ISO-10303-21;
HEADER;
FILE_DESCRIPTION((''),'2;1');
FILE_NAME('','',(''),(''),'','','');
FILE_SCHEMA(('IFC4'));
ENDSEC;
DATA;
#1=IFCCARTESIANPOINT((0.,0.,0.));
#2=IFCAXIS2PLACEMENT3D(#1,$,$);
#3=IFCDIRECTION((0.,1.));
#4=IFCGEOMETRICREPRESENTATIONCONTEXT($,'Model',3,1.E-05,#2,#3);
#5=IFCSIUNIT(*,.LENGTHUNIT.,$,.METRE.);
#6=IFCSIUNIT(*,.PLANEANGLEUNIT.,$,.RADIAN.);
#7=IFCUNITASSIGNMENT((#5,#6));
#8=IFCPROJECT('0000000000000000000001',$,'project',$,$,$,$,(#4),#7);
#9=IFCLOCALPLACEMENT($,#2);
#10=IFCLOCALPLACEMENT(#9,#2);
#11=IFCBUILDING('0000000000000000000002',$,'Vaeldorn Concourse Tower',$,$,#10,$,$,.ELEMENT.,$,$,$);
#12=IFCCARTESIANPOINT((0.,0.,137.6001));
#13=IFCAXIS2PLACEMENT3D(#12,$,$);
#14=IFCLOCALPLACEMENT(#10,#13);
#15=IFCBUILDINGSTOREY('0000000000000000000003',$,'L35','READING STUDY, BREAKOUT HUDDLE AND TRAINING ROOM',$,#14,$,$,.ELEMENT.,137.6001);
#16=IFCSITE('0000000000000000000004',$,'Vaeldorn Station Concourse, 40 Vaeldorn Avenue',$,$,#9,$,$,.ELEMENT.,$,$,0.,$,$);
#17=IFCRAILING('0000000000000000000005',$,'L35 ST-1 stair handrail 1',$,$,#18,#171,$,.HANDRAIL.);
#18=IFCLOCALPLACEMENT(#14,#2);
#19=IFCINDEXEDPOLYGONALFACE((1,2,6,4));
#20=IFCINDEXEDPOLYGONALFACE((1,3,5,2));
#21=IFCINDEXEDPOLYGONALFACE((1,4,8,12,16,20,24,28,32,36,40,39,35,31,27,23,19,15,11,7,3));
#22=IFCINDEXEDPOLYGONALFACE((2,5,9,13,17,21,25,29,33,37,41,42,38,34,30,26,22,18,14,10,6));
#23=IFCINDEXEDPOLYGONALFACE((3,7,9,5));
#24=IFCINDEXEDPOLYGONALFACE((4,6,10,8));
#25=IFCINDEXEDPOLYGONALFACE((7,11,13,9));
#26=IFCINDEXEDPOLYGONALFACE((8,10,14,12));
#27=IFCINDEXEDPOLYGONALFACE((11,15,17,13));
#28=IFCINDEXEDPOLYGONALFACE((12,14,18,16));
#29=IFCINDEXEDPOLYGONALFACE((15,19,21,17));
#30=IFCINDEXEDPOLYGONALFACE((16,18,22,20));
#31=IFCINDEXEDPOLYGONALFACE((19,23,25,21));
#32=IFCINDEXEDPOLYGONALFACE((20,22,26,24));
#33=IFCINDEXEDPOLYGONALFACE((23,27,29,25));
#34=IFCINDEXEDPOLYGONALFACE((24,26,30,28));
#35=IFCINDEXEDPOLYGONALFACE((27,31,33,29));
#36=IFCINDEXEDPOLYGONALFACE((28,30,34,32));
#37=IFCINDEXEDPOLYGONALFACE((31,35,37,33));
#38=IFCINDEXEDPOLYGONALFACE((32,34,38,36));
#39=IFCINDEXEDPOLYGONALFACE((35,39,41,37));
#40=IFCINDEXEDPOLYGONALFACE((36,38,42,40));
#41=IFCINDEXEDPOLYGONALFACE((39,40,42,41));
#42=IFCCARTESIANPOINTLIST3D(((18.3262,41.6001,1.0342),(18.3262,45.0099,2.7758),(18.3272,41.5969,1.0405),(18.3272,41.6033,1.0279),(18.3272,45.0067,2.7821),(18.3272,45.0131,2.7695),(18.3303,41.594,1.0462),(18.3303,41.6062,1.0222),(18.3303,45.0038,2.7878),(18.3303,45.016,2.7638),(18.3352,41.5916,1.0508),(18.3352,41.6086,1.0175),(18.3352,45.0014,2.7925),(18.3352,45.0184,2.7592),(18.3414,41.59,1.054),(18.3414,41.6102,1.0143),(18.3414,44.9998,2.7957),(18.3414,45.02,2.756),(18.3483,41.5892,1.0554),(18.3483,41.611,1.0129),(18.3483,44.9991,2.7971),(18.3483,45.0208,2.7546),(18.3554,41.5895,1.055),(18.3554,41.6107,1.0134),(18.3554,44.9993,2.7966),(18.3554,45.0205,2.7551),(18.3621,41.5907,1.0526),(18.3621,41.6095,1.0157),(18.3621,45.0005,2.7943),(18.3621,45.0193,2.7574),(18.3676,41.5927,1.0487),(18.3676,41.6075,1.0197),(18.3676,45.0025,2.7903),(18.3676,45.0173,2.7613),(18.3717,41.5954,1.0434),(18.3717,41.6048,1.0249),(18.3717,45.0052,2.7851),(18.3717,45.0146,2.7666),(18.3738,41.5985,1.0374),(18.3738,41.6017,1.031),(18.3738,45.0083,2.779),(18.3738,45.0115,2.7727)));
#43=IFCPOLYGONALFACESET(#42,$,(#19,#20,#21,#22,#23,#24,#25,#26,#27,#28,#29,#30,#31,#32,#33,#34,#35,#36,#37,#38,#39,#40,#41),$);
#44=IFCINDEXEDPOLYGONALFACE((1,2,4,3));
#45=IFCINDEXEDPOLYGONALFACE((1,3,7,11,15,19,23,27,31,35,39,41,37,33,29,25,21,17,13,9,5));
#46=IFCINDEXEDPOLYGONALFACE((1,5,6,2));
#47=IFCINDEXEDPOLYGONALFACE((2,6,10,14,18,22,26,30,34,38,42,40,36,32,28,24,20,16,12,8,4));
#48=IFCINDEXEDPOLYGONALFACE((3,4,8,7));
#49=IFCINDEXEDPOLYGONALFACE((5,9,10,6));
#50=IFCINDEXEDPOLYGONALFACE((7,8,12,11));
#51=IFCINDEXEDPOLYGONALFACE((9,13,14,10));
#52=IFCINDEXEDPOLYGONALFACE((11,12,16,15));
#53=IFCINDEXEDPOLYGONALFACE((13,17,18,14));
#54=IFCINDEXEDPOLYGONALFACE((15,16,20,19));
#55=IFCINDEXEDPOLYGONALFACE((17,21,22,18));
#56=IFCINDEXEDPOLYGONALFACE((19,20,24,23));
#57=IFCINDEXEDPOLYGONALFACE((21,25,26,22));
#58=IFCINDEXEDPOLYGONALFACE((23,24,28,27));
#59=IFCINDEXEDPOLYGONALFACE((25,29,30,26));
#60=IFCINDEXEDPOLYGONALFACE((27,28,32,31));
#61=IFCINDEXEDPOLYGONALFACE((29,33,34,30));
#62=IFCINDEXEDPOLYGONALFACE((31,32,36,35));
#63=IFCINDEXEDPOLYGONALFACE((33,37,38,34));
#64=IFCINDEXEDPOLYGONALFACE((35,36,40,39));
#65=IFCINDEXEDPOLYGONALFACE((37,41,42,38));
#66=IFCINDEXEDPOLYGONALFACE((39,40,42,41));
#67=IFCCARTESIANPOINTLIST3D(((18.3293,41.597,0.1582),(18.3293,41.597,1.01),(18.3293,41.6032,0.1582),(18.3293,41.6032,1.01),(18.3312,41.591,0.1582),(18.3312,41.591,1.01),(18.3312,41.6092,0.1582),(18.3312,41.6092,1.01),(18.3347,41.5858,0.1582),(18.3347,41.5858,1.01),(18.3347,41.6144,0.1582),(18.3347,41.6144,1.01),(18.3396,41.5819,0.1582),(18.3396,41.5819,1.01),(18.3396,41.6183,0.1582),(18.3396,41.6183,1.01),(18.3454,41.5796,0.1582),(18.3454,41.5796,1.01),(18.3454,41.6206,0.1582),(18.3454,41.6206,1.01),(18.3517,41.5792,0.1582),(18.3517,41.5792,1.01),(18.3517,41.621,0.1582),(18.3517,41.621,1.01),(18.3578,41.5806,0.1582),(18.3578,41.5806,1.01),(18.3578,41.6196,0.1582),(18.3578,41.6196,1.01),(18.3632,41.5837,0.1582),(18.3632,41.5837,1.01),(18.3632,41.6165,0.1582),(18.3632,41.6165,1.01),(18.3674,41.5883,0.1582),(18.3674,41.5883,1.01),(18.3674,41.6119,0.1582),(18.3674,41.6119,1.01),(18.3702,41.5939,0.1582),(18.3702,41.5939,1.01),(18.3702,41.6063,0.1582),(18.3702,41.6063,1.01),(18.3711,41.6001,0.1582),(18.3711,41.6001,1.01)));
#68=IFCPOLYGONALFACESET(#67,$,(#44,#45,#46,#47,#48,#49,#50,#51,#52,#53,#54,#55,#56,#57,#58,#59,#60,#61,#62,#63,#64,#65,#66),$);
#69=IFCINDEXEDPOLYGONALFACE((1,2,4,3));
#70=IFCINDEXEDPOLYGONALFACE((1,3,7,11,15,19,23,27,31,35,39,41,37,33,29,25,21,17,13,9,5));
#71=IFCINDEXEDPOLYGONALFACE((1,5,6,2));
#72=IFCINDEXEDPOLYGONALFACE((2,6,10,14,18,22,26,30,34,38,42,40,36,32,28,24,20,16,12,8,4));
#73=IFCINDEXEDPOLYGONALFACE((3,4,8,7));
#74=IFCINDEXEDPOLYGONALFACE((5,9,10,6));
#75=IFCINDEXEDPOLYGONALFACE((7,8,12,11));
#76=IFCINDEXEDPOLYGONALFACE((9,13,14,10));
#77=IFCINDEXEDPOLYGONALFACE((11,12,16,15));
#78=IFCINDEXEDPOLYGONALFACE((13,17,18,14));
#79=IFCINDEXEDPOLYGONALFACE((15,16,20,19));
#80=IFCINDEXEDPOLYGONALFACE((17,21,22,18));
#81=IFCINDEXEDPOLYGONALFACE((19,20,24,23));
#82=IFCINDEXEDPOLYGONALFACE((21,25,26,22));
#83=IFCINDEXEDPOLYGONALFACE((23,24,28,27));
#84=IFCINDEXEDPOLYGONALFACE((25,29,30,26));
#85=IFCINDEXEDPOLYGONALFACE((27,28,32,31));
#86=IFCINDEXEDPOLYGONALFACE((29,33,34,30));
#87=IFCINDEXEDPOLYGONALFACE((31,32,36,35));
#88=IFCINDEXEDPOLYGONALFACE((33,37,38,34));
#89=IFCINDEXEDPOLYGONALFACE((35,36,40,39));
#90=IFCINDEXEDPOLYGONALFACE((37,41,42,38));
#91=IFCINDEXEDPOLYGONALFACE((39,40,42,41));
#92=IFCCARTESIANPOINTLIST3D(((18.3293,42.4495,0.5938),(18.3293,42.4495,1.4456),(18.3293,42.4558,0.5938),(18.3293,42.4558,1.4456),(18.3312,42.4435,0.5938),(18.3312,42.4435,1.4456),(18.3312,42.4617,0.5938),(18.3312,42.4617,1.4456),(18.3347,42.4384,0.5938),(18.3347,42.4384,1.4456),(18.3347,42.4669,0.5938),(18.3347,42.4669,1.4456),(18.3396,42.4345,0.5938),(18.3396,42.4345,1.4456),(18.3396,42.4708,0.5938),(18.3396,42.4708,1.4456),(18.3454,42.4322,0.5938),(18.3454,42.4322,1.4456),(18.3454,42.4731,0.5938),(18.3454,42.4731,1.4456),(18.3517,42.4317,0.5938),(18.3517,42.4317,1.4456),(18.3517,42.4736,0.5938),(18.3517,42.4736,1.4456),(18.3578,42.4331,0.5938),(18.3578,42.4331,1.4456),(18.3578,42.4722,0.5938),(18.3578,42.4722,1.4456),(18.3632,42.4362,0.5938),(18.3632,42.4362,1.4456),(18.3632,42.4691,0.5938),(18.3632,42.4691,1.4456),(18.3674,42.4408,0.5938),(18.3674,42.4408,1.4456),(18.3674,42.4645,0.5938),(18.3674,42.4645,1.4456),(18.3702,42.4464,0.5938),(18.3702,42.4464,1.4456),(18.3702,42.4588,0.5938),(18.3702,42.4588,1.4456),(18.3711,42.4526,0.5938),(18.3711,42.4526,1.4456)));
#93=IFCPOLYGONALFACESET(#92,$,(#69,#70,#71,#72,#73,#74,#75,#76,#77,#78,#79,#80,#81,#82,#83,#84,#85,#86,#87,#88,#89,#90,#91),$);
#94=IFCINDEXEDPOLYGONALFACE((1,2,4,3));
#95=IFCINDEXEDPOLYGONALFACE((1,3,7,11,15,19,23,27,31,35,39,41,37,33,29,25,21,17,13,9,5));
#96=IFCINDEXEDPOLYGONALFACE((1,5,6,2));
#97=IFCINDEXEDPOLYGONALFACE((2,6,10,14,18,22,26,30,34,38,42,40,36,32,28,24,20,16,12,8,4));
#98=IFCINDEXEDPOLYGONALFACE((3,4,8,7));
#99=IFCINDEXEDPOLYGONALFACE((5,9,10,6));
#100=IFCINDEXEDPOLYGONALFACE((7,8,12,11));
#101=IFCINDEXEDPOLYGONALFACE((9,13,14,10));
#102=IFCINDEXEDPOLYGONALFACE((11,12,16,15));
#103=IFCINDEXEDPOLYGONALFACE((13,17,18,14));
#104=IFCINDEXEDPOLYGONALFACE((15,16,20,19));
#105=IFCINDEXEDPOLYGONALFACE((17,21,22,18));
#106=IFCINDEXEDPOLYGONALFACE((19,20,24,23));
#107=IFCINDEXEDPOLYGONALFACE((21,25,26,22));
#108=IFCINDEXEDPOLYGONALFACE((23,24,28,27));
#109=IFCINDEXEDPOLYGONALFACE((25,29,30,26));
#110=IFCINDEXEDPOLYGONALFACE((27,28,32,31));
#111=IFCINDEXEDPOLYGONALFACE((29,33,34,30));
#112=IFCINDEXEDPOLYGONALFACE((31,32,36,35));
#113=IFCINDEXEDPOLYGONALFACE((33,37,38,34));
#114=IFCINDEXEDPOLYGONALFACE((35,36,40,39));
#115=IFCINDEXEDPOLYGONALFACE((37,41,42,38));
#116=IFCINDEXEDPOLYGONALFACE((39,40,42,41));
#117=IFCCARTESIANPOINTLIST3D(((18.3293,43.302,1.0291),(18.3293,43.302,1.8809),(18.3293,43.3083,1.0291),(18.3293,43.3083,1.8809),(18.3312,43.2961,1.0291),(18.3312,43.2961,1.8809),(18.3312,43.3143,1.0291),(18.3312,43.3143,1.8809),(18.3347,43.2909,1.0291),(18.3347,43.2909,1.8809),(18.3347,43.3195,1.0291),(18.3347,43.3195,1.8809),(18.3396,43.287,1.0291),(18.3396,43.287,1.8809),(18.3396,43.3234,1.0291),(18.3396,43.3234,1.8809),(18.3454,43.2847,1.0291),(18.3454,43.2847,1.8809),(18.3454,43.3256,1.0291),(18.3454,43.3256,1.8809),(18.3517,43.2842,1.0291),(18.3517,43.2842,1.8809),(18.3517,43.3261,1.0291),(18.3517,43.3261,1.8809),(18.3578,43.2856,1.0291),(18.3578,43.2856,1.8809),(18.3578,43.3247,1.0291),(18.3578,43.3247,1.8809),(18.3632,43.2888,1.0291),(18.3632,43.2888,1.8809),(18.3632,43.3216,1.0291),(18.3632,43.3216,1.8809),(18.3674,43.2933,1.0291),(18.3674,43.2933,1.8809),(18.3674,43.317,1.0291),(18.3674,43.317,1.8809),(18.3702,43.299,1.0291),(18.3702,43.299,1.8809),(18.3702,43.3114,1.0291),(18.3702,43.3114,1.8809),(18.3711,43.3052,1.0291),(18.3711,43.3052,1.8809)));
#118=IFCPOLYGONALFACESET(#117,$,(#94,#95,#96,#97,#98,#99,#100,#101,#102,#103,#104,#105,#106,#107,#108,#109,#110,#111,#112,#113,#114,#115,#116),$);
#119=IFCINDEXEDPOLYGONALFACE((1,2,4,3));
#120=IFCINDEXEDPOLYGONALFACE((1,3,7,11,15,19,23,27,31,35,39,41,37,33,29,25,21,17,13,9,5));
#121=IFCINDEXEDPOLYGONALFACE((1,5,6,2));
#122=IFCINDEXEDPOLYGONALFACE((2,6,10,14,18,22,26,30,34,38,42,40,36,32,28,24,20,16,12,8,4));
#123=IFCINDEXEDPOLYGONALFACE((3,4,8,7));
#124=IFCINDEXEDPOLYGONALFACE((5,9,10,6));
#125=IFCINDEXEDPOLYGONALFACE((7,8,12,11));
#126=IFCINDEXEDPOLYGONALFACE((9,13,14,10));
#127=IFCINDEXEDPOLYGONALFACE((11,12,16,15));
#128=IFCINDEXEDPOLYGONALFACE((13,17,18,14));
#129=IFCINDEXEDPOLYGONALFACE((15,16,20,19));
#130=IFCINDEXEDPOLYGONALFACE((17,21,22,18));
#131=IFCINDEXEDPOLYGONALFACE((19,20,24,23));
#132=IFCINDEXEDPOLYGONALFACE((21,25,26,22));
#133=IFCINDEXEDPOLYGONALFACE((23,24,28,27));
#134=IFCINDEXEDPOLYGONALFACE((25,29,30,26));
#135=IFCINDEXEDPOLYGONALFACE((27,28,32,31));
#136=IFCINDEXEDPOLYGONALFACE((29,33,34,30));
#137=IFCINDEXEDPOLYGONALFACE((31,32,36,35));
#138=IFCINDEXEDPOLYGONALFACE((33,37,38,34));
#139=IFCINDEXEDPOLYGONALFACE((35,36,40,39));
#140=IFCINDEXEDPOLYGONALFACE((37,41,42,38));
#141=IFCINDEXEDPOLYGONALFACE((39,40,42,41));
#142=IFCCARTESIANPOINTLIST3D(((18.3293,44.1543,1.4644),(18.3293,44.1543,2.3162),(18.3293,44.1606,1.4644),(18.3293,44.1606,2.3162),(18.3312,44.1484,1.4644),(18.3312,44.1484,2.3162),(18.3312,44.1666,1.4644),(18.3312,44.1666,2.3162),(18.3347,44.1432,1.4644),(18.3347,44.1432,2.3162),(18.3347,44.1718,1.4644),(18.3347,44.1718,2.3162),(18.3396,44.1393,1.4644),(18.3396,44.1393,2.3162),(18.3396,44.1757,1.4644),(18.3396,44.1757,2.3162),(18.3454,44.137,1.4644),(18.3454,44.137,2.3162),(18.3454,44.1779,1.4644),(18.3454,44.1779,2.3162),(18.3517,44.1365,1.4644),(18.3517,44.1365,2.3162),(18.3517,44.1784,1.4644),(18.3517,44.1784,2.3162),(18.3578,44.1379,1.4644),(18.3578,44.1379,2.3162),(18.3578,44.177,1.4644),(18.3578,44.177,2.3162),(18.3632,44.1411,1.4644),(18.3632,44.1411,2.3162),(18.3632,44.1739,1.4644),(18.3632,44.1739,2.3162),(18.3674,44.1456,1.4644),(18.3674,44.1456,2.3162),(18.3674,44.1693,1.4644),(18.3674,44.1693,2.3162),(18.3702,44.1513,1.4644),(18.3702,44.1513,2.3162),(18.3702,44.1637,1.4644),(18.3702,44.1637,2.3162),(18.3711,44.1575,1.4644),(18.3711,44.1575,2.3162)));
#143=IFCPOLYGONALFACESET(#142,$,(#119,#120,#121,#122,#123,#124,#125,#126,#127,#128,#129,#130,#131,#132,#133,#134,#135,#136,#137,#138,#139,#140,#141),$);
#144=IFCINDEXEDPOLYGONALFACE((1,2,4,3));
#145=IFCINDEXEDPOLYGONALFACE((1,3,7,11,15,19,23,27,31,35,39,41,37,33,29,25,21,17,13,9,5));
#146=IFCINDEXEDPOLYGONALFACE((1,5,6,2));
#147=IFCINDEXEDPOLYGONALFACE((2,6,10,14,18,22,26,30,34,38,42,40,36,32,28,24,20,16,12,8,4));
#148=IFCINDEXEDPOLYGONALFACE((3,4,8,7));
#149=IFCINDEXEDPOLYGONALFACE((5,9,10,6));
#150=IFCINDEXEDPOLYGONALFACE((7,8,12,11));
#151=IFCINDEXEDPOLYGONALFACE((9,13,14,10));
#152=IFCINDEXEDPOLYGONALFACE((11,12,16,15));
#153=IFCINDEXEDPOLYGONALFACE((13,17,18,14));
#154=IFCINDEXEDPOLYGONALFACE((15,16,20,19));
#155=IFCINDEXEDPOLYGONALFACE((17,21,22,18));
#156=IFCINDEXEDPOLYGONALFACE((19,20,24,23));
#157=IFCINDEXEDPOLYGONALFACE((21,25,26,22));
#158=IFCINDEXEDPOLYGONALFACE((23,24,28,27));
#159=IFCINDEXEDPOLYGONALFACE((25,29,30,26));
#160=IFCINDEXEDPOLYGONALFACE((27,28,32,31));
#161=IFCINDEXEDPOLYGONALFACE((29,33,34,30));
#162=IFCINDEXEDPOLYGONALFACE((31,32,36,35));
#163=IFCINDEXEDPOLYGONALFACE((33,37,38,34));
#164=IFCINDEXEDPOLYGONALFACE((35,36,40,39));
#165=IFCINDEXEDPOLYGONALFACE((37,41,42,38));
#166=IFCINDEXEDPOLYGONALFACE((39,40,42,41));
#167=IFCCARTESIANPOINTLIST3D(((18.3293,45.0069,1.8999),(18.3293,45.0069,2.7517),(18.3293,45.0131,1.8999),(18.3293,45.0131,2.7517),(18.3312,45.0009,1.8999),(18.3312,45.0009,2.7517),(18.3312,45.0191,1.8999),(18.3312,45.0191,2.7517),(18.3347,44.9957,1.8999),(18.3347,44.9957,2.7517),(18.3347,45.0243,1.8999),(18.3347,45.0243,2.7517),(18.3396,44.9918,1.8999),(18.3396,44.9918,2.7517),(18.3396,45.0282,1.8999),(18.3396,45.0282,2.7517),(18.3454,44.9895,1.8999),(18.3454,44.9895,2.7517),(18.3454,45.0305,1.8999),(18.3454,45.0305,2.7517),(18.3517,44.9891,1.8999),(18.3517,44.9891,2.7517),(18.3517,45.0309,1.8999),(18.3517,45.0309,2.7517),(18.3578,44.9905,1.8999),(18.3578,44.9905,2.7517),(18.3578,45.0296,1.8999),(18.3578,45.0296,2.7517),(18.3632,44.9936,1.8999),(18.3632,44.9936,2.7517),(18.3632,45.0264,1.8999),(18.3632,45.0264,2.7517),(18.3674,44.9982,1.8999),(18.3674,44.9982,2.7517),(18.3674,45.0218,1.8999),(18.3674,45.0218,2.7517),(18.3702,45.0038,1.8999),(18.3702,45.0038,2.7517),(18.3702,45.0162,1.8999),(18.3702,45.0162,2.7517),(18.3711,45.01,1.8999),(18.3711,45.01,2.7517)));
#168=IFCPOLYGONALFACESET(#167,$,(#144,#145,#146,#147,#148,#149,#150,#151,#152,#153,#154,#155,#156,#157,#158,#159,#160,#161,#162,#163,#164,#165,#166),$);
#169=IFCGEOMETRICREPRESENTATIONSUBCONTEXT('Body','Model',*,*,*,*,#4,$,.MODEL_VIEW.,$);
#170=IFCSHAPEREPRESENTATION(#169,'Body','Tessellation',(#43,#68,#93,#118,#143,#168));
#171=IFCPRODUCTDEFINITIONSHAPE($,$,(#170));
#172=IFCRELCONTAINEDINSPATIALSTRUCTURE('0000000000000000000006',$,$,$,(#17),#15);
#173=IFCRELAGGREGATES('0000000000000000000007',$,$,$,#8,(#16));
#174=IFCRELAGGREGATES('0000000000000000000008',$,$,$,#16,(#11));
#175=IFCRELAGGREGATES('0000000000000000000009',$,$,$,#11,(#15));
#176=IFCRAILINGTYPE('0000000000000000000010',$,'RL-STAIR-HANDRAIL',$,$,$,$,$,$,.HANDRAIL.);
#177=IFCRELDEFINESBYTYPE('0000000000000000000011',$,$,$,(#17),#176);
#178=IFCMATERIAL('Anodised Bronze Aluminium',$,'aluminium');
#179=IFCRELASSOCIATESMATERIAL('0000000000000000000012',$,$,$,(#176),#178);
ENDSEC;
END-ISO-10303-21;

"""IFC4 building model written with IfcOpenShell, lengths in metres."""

from ifc_helpers import new_model, si_unit, direction, frame, origin, origin_2d, place, context, subcontext, project, spatial, circle, extrude, material, type_object, element, save


model = new_model("IFC4")

# Units and contexts
model_context = context("Model", 3, precision=1e-05, world=origin(), true_north=direction((0.0, 1.0)))
body_context = subcontext(model_context, "Body", "Model", "MODEL_VIEW")
ifc_project = project(units=[si_unit("LENGTHUNIT", "METRE"), si_unit("PLANEANGLEUNIT", "RADIAN")], contexts=[model_context])

# Site, building, storey
site_placement = place(None, origin())
site = spatial("IfcSite", under=ifc_project, at=site_placement, Name="Vaeldorn Station Concourse, 40 Vaeldorn Avenue", CompositionType="ELEMENT", RefElevation=0.0)
building_placement = place(site_placement, origin())
building = spatial("IfcBuilding", under=site, at=building_placement, Name="Vaeldorn Concourse Tower", CompositionType="ELEMENT")
storey_placement = place(building_placement, frame((0.0, 0.0, 137.6001)))
storey = spatial("IfcBuildingStorey", under=building, at=storey_placement, Name="L35", Description="READING STUDY, BREAKOUT HUDDLE AND TRAINING ROOM", CompositionType="ELEMENT", Elevation=137.6001)

# Shared definitions
ifc_material_1 = material(Name="Anodised Bronze Aluminium", Category="aluminium")

# Railing
railing_type_1 = type_object("IfcRailingType", Name="RL-STAIR-HANDRAIL", PredefinedType="HANDRAIL", material=ifc_material_1)
railing_1_placement = place(storey_placement, frame((18.3501, 41.6001, 0.1582)))
element("IfcRailing", 1, at=railing_1_placement, inside=storey, type_object=railing_type_1, Name="L35 ST-1 stair handrail 1", PredefinedType="HANDRAIL", context=body_context, shape_type="SweptSolid", body=[
    extrude(circle(Radius=0.0239, at=origin_2d()), frame((0.0, 0.0, 0.876), z_axis=(0.0, 0.890556, 0.454874), x_axis=(-1.0, 0.0, 0.0)), (0.0, 0.0, 1.0), 3.8289),
    extrude(circle(Radius=0.021, at=origin_2d()), origin(), (0.0, 0.0, 1.0), 0.8518),
    extrude(circle(Radius=0.021, at=origin_2d()), frame((0.0, 0.8525, 0.4355)), (0.0, 0.0, 1.0), 0.8518),
    extrude(circle(Radius=0.021, at=origin_2d()), frame((0.0, 1.7051, 0.8708)), (0.0, 0.0, 1.0), 0.8518),
    extrude(circle(Radius=0.021, at=origin_2d()), frame((0.0, 2.5574, 1.3062)), (0.0, 0.0, 1.0), 0.8518),
    extrude(circle(Radius=0.021, at=origin_2d()), frame((0.0, 3.4099, 1.7417)), (0.0, 0.0, 1.0), 0.8518),
])

save(model, "model.ifc")
